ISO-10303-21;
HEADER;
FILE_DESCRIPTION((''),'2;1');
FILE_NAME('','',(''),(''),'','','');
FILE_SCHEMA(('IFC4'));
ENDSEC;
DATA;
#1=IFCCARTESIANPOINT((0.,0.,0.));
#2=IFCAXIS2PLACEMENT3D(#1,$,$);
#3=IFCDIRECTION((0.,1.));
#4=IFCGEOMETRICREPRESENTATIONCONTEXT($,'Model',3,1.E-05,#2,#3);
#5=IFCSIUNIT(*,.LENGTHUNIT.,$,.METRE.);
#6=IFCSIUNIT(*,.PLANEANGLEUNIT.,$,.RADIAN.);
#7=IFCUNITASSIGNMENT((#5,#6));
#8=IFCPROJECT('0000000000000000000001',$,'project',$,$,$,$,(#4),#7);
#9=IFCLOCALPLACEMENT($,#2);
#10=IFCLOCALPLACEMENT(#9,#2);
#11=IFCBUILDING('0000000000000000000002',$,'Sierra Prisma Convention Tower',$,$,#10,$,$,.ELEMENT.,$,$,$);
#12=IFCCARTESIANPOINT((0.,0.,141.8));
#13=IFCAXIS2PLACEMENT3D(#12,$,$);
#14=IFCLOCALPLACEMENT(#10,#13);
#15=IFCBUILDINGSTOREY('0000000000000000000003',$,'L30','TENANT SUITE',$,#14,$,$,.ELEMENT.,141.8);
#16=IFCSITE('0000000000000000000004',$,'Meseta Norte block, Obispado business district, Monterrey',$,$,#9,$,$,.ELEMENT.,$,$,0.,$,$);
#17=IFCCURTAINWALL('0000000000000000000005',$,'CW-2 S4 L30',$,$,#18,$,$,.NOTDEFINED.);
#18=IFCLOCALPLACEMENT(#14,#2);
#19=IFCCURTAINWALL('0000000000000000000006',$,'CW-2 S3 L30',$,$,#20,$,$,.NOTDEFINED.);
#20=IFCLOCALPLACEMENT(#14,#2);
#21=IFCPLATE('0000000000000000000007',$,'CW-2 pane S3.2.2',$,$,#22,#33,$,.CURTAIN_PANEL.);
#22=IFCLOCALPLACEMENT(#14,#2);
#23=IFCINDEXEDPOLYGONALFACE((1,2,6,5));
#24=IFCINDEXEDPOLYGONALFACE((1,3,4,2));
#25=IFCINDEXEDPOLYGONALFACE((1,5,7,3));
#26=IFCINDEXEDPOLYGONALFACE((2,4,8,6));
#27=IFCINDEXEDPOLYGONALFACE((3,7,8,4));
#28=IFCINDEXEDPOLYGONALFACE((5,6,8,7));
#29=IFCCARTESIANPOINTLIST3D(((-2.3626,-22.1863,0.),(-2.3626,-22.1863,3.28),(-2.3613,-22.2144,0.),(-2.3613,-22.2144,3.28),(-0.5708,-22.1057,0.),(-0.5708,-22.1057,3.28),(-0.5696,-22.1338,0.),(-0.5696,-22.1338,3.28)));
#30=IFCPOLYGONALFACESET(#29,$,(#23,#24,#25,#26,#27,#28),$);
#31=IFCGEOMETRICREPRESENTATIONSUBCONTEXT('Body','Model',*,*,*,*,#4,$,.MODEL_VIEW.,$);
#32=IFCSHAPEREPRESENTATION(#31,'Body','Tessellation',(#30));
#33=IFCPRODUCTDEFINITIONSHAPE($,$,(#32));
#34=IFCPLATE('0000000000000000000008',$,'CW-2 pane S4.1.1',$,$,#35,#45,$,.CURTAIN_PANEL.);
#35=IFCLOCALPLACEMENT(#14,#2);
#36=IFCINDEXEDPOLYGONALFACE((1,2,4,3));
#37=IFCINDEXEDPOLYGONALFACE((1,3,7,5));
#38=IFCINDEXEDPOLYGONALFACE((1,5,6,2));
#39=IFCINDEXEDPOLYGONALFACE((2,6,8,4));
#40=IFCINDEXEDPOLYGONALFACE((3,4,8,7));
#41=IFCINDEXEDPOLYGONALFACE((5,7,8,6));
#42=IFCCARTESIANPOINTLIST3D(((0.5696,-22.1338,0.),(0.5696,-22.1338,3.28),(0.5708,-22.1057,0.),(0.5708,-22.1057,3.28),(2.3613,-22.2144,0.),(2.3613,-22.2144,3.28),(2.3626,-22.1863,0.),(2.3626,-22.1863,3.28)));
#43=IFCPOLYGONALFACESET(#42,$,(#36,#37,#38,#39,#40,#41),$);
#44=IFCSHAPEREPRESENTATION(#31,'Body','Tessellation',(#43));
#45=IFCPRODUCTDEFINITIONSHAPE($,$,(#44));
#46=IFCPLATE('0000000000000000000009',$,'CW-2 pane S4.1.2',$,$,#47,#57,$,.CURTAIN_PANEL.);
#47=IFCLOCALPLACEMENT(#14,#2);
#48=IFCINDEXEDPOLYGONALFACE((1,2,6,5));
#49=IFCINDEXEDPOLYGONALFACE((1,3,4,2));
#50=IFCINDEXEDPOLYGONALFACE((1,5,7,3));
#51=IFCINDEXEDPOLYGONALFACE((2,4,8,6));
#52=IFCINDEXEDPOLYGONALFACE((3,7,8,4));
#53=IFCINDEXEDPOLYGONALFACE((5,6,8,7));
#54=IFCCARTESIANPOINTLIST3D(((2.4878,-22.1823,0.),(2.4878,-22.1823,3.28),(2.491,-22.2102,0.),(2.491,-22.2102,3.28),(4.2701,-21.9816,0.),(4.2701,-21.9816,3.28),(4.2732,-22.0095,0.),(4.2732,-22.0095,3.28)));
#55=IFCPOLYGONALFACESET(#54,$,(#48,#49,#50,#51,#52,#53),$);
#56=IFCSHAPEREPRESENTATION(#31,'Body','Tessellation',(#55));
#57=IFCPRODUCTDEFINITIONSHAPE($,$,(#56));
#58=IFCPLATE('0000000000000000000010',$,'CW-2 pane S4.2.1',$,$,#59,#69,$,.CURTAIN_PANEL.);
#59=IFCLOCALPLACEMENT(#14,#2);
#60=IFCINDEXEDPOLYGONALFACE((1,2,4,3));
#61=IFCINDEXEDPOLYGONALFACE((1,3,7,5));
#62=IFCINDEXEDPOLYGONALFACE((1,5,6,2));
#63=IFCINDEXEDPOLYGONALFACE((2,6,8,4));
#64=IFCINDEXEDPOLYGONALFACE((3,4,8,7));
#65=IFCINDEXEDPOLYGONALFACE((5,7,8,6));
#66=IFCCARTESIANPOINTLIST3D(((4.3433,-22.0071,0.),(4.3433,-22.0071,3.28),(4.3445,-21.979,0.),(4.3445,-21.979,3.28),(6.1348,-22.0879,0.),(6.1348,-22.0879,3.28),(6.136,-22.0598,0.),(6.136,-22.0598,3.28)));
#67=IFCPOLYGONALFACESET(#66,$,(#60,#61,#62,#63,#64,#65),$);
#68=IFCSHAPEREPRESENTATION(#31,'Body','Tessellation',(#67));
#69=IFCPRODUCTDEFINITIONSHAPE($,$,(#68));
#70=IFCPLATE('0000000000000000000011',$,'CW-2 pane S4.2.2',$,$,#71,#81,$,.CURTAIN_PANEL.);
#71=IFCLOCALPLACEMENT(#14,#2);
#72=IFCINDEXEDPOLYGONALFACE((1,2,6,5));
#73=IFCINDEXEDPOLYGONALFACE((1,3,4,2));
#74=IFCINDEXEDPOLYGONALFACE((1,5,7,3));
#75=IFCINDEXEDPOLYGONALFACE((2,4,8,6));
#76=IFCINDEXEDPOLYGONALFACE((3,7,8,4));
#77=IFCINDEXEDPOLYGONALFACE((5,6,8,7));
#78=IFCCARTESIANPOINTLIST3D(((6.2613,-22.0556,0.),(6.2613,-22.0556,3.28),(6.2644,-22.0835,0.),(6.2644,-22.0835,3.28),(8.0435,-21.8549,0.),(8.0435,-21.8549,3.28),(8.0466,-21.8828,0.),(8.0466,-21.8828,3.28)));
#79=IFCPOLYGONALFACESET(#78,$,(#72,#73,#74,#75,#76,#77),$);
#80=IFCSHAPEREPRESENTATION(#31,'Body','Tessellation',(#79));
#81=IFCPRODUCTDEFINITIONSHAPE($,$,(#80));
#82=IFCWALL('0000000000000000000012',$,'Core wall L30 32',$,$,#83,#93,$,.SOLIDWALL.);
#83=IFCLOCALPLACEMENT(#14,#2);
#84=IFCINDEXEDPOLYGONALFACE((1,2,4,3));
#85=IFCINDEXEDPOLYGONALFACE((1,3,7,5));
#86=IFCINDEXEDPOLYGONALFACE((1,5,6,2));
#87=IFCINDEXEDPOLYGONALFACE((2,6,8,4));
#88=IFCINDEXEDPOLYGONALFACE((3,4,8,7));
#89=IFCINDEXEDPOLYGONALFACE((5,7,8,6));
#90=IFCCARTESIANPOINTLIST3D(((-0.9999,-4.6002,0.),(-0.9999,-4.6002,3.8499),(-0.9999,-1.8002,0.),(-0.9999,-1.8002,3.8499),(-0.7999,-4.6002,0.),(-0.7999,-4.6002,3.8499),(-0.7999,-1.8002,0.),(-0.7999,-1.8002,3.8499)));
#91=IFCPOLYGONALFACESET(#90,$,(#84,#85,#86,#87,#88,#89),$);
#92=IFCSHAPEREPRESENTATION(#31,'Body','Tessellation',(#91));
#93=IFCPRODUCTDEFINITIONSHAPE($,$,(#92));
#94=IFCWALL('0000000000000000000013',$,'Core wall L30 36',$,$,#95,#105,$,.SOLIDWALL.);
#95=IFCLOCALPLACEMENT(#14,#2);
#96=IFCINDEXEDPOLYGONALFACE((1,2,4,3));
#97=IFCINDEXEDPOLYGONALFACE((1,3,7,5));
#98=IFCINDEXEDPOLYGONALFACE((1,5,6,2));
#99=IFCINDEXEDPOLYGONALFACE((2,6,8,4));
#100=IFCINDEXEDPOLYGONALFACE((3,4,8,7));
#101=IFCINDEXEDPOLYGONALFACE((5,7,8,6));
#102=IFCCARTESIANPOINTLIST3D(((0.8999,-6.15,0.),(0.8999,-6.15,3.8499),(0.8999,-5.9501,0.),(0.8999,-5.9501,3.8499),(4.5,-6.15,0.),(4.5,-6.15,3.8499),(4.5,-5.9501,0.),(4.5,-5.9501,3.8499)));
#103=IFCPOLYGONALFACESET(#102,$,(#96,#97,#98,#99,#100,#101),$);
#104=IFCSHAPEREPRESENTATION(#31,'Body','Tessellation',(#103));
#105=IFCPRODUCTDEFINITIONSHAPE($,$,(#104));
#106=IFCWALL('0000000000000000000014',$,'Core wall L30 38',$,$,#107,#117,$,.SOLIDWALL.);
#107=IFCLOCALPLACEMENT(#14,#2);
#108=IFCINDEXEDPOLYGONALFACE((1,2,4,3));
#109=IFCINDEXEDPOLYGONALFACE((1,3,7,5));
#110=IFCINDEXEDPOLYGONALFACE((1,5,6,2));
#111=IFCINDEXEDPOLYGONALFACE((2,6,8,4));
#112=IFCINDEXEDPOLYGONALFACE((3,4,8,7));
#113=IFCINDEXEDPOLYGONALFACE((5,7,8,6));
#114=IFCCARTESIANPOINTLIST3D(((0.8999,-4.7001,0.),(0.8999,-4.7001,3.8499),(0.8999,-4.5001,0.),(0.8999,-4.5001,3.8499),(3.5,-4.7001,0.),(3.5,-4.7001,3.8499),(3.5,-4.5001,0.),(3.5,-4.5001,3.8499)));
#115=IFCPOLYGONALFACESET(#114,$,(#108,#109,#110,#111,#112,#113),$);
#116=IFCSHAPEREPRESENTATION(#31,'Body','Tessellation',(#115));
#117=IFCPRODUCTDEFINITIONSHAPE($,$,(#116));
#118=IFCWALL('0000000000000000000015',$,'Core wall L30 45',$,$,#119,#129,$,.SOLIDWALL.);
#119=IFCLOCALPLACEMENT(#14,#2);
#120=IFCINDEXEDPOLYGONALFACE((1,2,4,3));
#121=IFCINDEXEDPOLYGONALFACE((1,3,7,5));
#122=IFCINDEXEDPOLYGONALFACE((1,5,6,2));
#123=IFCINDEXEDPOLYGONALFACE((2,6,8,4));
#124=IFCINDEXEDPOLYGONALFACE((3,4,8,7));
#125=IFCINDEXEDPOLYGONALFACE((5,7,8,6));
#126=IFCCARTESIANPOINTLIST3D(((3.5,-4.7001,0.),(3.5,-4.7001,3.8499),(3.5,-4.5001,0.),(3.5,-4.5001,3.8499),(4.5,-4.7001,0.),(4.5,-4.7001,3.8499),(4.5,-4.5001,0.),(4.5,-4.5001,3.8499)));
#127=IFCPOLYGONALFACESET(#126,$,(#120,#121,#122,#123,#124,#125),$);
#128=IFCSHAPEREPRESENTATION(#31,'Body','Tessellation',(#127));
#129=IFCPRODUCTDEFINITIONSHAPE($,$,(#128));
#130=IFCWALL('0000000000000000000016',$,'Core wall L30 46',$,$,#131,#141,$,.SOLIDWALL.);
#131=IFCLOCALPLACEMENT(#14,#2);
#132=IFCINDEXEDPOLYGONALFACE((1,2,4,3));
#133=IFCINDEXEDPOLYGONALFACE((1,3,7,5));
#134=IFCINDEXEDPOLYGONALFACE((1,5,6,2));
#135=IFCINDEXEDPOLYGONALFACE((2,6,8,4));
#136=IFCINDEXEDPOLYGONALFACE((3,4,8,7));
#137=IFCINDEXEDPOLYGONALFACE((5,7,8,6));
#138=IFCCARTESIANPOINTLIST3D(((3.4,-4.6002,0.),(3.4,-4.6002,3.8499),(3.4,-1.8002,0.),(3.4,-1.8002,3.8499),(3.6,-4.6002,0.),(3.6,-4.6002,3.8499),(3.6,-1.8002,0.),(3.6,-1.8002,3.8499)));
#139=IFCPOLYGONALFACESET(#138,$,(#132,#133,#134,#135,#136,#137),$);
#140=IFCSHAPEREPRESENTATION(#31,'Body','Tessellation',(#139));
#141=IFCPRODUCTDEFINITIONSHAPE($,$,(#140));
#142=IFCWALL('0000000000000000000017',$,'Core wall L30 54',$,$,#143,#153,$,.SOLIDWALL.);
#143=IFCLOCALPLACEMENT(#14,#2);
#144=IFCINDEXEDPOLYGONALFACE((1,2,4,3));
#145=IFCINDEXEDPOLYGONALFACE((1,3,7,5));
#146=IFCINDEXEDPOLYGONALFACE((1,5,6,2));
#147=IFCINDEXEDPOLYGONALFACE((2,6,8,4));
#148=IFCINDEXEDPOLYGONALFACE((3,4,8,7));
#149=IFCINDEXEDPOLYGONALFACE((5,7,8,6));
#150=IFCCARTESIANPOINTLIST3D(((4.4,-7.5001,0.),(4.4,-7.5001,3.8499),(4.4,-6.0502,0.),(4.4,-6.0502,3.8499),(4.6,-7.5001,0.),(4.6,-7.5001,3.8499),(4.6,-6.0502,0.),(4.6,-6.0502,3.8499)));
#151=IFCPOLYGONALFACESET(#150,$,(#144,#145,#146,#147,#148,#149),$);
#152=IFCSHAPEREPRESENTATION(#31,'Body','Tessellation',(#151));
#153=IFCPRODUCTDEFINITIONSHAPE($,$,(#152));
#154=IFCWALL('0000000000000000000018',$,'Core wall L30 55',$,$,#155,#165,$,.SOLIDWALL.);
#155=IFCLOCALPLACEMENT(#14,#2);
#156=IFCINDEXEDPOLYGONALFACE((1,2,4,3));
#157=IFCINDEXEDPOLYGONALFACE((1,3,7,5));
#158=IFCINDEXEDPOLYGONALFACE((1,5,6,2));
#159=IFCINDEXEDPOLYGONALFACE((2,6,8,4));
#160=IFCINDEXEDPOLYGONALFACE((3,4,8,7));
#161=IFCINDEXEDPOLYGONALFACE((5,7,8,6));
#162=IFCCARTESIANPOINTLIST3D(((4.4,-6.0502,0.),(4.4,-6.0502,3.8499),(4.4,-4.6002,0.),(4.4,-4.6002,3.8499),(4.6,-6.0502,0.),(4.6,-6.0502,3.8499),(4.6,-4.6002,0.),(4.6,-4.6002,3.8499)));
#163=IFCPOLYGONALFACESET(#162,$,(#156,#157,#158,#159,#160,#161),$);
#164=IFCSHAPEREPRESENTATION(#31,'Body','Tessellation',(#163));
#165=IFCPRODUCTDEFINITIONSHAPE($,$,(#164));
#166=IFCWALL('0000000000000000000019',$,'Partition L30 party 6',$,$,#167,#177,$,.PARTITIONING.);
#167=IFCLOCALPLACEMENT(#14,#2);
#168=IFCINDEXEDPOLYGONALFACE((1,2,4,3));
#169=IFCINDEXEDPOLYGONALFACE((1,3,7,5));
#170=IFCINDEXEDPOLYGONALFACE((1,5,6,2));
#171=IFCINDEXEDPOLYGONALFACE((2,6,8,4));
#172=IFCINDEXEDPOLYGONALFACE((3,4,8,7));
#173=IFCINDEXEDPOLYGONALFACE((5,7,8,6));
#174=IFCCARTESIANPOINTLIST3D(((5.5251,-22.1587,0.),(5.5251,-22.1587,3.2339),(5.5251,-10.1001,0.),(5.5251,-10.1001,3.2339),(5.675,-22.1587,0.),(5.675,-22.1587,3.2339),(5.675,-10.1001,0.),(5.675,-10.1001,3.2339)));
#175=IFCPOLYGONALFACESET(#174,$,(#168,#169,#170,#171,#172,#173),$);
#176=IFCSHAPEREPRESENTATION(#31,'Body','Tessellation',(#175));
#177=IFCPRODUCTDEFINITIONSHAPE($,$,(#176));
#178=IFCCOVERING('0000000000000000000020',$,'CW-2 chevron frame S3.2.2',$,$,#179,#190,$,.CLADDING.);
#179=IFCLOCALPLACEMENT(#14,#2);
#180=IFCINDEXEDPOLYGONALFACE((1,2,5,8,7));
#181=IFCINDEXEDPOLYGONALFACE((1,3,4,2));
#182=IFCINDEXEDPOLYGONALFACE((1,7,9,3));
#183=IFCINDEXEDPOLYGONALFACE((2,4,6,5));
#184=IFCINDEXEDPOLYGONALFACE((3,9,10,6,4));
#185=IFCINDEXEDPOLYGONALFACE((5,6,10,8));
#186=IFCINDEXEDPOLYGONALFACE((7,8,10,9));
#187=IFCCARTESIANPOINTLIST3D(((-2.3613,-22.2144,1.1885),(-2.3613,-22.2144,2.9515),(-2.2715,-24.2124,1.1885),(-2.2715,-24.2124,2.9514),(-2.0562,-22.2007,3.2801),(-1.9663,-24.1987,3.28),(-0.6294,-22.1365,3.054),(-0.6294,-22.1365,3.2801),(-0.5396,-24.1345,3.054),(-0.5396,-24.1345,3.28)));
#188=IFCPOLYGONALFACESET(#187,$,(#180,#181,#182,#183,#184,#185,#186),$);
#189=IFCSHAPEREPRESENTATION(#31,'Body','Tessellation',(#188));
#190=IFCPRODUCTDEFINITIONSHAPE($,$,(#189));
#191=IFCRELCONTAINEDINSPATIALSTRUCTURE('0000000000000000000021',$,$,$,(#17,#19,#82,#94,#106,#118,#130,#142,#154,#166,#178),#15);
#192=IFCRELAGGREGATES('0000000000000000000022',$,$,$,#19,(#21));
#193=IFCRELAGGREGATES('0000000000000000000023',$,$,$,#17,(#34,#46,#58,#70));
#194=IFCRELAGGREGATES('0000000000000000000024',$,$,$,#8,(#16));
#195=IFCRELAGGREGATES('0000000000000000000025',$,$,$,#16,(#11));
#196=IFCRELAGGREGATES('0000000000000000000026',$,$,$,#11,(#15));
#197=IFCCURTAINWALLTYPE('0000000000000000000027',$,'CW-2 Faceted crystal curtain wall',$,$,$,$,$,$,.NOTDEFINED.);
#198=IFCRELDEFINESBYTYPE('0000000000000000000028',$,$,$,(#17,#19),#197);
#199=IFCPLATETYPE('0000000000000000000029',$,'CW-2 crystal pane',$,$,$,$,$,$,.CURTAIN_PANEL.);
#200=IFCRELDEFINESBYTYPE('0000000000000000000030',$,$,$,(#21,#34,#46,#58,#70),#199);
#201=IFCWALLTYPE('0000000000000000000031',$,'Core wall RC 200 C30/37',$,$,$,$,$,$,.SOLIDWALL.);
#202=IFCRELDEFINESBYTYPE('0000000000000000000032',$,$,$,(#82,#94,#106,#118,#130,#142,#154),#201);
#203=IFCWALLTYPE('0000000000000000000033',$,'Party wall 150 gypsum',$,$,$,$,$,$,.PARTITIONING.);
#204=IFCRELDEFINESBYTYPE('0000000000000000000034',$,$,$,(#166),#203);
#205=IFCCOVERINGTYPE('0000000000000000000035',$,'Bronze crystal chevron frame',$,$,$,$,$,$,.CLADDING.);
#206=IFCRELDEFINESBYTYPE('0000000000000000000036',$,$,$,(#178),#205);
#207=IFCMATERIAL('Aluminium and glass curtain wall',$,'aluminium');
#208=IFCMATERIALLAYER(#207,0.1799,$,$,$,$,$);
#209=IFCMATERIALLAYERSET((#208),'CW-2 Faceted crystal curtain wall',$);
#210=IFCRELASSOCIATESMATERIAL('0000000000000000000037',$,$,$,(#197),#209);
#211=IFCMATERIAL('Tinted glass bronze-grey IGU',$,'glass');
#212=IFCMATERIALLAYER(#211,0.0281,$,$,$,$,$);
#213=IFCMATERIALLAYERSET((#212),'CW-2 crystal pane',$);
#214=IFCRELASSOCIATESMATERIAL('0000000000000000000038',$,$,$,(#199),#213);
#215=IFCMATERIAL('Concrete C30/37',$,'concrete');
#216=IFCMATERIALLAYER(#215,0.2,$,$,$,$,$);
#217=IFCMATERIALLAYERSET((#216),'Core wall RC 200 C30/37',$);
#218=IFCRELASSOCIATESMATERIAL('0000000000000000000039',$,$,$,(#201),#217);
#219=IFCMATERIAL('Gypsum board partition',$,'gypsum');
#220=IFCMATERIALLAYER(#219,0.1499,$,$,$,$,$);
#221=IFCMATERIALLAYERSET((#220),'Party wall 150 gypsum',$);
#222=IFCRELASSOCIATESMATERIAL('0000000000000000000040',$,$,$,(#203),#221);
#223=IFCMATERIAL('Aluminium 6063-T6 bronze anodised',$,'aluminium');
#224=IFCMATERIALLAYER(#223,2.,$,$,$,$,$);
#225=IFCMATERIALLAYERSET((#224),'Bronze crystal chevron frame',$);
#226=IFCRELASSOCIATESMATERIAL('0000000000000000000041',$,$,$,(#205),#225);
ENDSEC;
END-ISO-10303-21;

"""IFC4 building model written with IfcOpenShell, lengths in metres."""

from ifc_helpers import new_model, si_unit, direction, frame, frame_2d, origin, place, context, subcontext, project, spatial, polyline, rectangle, outline, extrude, material, layer, layer_set, type_object, element, aggregate, save


model = new_model("IFC4")

# Units and contexts
model_context = context("Model", 3, precision=1e-05, world=origin(), true_north=direction((0.0, 1.0)))
body_context = subcontext(model_context, "Body", "Model", "MODEL_VIEW")
ifc_project = project(units=[si_unit("LENGTHUNIT", "METRE"), si_unit("PLANEANGLEUNIT", "RADIAN")], contexts=[model_context])

# Site, building, storey
site_placement = place(None, origin())
site = spatial("IfcSite", under=ifc_project, at=site_placement, Name="Meseta Norte block, Obispado business district, Monterrey", CompositionType="ELEMENT", RefElevation=0.0)
building_placement = place(site_placement, origin())
building = spatial("IfcBuilding", under=site, at=building_placement, Name="Sierra Prisma Convention Tower", CompositionType="ELEMENT")
storey_placement = place(building_placement, frame((0.0, 0.0, 141.8)))
storey = spatial("IfcBuildingStorey", under=building, at=storey_placement, Name="L30", Description="TENANT SUITE", CompositionType="ELEMENT", Elevation=141.8)

# Curtain wall
ifc_material_1 = material(Name="Aluminium and glass curtain wall", Category="aluminium")
ifc_layer_1 = layer(ifc_material_1, 0.1799)
ifc_layer_set_1 = layer_set([ifc_layer_1], Name="CW-2 Faceted crystal curtain wall")
curtain_wall_type = type_object("IfcCurtainWallType", Name="CW-2 Faceted crystal curtain wall", PredefinedType="NOTDEFINED", material=ifc_layer_set_1)
curtain_wall_1_placement = place(storey_placement, origin())
curtain_wall_1 = element("IfcCurtainWall", 1, at=curtain_wall_1_placement, inside=storey, type_object=curtain_wall_type, Name="CW-2 S4 L30", PredefinedType="NOTDEFINED")

# Curtain wall, plate
curtain_wall_2_placement = place(storey_placement, origin())
curtain_wall_2 = element("IfcCurtainWall", 2, at=curtain_wall_2_placement, inside=storey, type_object=curtain_wall_type, Name="CW-2 S3 L30", PredefinedType="NOTDEFINED")
ifc_material_2 = material(Name="Tinted glass bronze-grey IGU", Category="glass")
ifc_layer_2 = layer(ifc_material_2, 0.0281)
ifc_layer_set_2 = layer_set([ifc_layer_2], Name="CW-2 crystal pane")
plate_type = type_object("IfcPlateType", Name="CW-2 crystal pane", PredefinedType="CURTAIN_PANEL", material=ifc_layer_set_2)
plate_1_placement = place(storey_placement, frame((-0.5696, -22.1338, 0.0), z_axis=(0.04492, -0.998991, 0.0), x_axis=(-0.998991, -0.04492, 0.0)))
plate_1 = element("IfcPlate", 3, at=plate_1_placement, type_object=plate_type, Name="CW-2 pane S3.2.2", PredefinedType="CURTAIN_PANEL", context=body_context, shape_type="SweptSolid", body=[
    extrude(outline(polyline([(0.0, 0.0), (1.7936, 0.0), (1.7936, -3.28), (0.0, -3.28), (0.0, 0.0)])), origin(), (0.0, 0.0, -1.0), 0.0281),
])
aggregate(curtain_wall_2, [plate_1])

# Plates
plate_2_placement = place(storey_placement, frame((0.5696, -22.1338, 0.0), z_axis=(-0.04492, -0.998991, 0.0), x_axis=(0.998991, -0.04492, 0.0)))
plate_2 = element("IfcPlate", 4, at=plate_2_placement, type_object=plate_type, Name="CW-2 pane S4.1.1", PredefinedType="CURTAIN_PANEL", context=body_context, shape_type="SweptSolid", body=[
    extrude(outline(polyline([(0.0, 0.0), (1.7936, 0.0), (1.7936, 3.28), (0.0, 3.28), (0.0, 0.0)])), origin(), (0.0, 0.0, -1.0), 0.0281),
])
plate_3_placement = place(storey_placement, frame((4.2732, -22.0095, 0.0), z_axis=(0.111896, -0.99372, 0.0), x_axis=(-0.99372, -0.111896, 0.0)))
plate_3 = element("IfcPlate", 5, at=plate_3_placement, type_object=plate_type, Name="CW-2 pane S4.1.2", PredefinedType="CURTAIN_PANEL", context=body_context, shape_type="SweptSolid", body=[
    extrude(outline(polyline([(0.0, 0.0), (1.7935, 0.0), (1.7935, -3.28), (0.0, -3.28), (0.0, 0.0)])), origin(), (0.0, 0.0, -1.0), 0.0281),
])
plate_4_placement = place(storey_placement, frame((4.3433, -22.0071, 0.0), z_axis=(-0.045062, -0.998984, 0.0), x_axis=(0.998984, -0.045062, 0.0)))
plate_4 = element("IfcPlate", 6, at=plate_4_placement, type_object=plate_type, Name="CW-2 pane S4.2.1", PredefinedType="CURTAIN_PANEL", context=body_context, shape_type="SweptSolid", body=[
    extrude(outline(polyline([(0.0, 0.0), (1.7933, 0.0), (1.7933, 3.28), (0.0, 3.28), (0.0, 0.0)])), origin(), (0.0, 0.0, -1.0), 0.0281),
])
plate_5_placement = place(storey_placement, frame((8.0466, -21.8828, 0.0), z_axis=(0.111896, -0.99372, 0.0), x_axis=(-0.99372, -0.111896, 0.0)))
plate_5 = element("IfcPlate", 7, at=plate_5_placement, type_object=plate_type, Name="CW-2 pane S4.2.2", PredefinedType="CURTAIN_PANEL", context=body_context, shape_type="SweptSolid", body=[
    extrude(outline(polyline([(0.0, 0.0), (1.7935, 0.0), (1.7935, -3.28), (0.0, -3.28), (0.0, 0.0)])), origin(), (0.0, 0.0, -1.0), 0.0281),
])
aggregate(curtain_wall_1, [plate_2, plate_3, plate_4, plate_5])

# Wall
ifc_material_3 = material(Name="Concrete C30/37", Category="concrete")
ifc_layer_3 = layer(ifc_material_3, 0.2)
ifc_layer_set_3 = layer_set([ifc_layer_3], Name="Core wall RC 200 C30/37")
wall_type_1 = type_object("IfcWallType", Name="Core wall RC 200 C30/37", PredefinedType="SOLIDWALL", material=ifc_layer_set_3)
wall_1_placement = place(storey_placement, frame((-0.8999, -4.6001, 0.0), z_axis=(0.0, 0.0, 1.0), x_axis=(0.0, 1.0, 0.0)))
element("IfcWall", 8, at=wall_1_placement, inside=storey, type_object=wall_type_1, Name="Core wall L30 32", PredefinedType="SOLIDWALL", context=body_context, shape_type="SweptSolid", body=[
    extrude(rectangle(XDim=2.8, YDim=0.2, at=frame_2d((1.3999, 0.0))), origin(), (0.0, 0.0, 1.0), 3.8499),
])

# Wall
wall_2_placement = place(storey_placement, frame((4.5, -6.05, 0.0), z_axis=(0.0, 0.0, 1.0), x_axis=(-1.0, 0.0, 0.0)))
element("IfcWall", 9, at=wall_2_placement, inside=storey, type_object=wall_type_1, Name="Core wall L30 36", PredefinedType="SOLIDWALL", context=body_context, shape_type="SweptSolid", body=[
    extrude(rectangle(XDim=3.6001, YDim=0.2, at=frame_2d((1.8, 0.0))), origin(), (0.0, 0.0, 1.0), 3.8499),
])

# Walls
wall_3_placement = place(storey_placement, frame((3.5, -4.6001, 0.0), z_axis=(0.0, 0.0, 1.0), x_axis=(-1.0, 0.0, 0.0)))
element("IfcWall", 10, at=wall_3_placement, inside=storey, type_object=wall_type_1, Name="Core wall L30 38", PredefinedType="SOLIDWALL", context=body_context, shape_type="SweptSolid", body=[
    extrude(rectangle(XDim=2.6001, YDim=0.2, at=frame_2d((1.3, 0.0))), origin(), (0.0, 0.0, 1.0), 3.8499),
])
wall_4_placement = place(storey_placement, frame((4.5, -4.6001, 0.0), z_axis=(0.0, 0.0, 1.0), x_axis=(-1.0, 0.0, 0.0)))
element("IfcWall", 11, at=wall_4_placement, inside=storey, type_object=wall_type_1, Name="Core wall L30 45", PredefinedType="SOLIDWALL", context=body_context, shape_type="SweptSolid", body=[
    extrude(rectangle(XDim=1.0, YDim=0.2, at=frame_2d((0.5, 0.0))), origin(), (0.0, 0.0, 1.0), 3.8499),
])
wall_5_placement = place(storey_placement, frame((3.5, -4.6001, 0.0), z_axis=(0.0, 0.0, 1.0), x_axis=(0.0, 1.0, 0.0)))
element("IfcWall", 12, at=wall_5_placement, inside=storey, type_object=wall_type_1, Name="Core wall L30 46", PredefinedType="SOLIDWALL", context=body_context, shape_type="SweptSolid", body=[
    extrude(rectangle(XDim=2.8, YDim=0.2, at=frame_2d((1.3999, 0.0))), origin(), (0.0, 0.0, 1.0), 3.8499),
])
for number, where, z_axis, x_axis, name in (
    (13, (4.5, -6.05, 0.0), (0.0, 0.0, 1.0), (0.0, -1.0, 0.0), "Core wall L30 54"),
    (14, (4.5, -4.6001, 0.0), (0.0, 0.0, 1.0), (0.0, -1.0, 0.0), "Core wall L30 55"),
):
    element("IfcWall", number, at=place(storey_placement, frame(where, z_axis=z_axis, x_axis=x_axis)), inside=storey, type_object=wall_type_1, Name=name, PredefinedType="SOLIDWALL", context=body_context, shape_type="SweptSolid", body=[
        extrude(rectangle(XDim=1.45, YDim=0.2, at=frame_2d((0.7251, 0.0))), origin(), (0.0, 0.0, 1.0), 3.8499),
    ])
ifc_material_4 = material(Name="Gypsum board partition", Category="gypsum")
ifc_layer_4 = layer(ifc_material_4, 0.1499)
ifc_layer_set_4 = layer_set([ifc_layer_4], Name="Party wall 150 gypsum")
wall_type_2 = type_object("IfcWallType", Name="Party wall 150 gypsum", PredefinedType="PARTITIONING", material=ifc_layer_set_4)
wall_6_placement = place(storey_placement, frame((5.6001, -10.1001, 0.0), z_axis=(0.0, 0.0, 1.0), x_axis=(0.0, -1.0, 0.0)))
element("IfcWall", 15, at=wall_6_placement, inside=storey, type_object=wall_type_2, Name="Partition L30 party 6", PredefinedType="PARTITIONING", context=body_context, shape_type="SweptSolid", body=[
    extrude(rectangle(XDim=12.0586, YDim=0.1499, at=frame_2d((6.0293, 0.0))), origin(), (0.0, 0.0, 1.0), 3.2339),
])

# Covering
ifc_material_5 = material(Name="Aluminium 6063-T6 bronze anodised", Category="aluminium")
ifc_layer_5 = layer(ifc_material_5, 2.0)
ifc_layer_set_5 = layer_set([ifc_layer_5], Name="Bronze crystal chevron frame")
covering_type = type_object("IfcCoveringType", Name="Bronze crystal chevron frame", PredefinedType="CLADDING", material=ifc_layer_set_5)
covering_1_placement = place(storey_placement, frame((-0.5396, -24.1345, 3.28), z_axis=(0.044926, -0.99899, -0.000023), x_axis=(-0.99899, -0.044926, 0.0)))
element("IfcCovering", 16, at=covering_1_placement, inside=storey, type_object=covering_type, Name="CW-2 chevron frame S3.2.2", PredefinedType="CLADDING", context=body_context, shape_type="SweptSolid", body=[
    extrude(outline(polyline([(0.0, 0.0), (1.4282, 0.0), (1.7337, 0.3286), (1.7337, 2.0916), (0.0, 0.2261), (0.0, 0.0)])), origin(), (0.0, 0.0, -1.0), 2.0),
])

save(model, "model.ifc")
